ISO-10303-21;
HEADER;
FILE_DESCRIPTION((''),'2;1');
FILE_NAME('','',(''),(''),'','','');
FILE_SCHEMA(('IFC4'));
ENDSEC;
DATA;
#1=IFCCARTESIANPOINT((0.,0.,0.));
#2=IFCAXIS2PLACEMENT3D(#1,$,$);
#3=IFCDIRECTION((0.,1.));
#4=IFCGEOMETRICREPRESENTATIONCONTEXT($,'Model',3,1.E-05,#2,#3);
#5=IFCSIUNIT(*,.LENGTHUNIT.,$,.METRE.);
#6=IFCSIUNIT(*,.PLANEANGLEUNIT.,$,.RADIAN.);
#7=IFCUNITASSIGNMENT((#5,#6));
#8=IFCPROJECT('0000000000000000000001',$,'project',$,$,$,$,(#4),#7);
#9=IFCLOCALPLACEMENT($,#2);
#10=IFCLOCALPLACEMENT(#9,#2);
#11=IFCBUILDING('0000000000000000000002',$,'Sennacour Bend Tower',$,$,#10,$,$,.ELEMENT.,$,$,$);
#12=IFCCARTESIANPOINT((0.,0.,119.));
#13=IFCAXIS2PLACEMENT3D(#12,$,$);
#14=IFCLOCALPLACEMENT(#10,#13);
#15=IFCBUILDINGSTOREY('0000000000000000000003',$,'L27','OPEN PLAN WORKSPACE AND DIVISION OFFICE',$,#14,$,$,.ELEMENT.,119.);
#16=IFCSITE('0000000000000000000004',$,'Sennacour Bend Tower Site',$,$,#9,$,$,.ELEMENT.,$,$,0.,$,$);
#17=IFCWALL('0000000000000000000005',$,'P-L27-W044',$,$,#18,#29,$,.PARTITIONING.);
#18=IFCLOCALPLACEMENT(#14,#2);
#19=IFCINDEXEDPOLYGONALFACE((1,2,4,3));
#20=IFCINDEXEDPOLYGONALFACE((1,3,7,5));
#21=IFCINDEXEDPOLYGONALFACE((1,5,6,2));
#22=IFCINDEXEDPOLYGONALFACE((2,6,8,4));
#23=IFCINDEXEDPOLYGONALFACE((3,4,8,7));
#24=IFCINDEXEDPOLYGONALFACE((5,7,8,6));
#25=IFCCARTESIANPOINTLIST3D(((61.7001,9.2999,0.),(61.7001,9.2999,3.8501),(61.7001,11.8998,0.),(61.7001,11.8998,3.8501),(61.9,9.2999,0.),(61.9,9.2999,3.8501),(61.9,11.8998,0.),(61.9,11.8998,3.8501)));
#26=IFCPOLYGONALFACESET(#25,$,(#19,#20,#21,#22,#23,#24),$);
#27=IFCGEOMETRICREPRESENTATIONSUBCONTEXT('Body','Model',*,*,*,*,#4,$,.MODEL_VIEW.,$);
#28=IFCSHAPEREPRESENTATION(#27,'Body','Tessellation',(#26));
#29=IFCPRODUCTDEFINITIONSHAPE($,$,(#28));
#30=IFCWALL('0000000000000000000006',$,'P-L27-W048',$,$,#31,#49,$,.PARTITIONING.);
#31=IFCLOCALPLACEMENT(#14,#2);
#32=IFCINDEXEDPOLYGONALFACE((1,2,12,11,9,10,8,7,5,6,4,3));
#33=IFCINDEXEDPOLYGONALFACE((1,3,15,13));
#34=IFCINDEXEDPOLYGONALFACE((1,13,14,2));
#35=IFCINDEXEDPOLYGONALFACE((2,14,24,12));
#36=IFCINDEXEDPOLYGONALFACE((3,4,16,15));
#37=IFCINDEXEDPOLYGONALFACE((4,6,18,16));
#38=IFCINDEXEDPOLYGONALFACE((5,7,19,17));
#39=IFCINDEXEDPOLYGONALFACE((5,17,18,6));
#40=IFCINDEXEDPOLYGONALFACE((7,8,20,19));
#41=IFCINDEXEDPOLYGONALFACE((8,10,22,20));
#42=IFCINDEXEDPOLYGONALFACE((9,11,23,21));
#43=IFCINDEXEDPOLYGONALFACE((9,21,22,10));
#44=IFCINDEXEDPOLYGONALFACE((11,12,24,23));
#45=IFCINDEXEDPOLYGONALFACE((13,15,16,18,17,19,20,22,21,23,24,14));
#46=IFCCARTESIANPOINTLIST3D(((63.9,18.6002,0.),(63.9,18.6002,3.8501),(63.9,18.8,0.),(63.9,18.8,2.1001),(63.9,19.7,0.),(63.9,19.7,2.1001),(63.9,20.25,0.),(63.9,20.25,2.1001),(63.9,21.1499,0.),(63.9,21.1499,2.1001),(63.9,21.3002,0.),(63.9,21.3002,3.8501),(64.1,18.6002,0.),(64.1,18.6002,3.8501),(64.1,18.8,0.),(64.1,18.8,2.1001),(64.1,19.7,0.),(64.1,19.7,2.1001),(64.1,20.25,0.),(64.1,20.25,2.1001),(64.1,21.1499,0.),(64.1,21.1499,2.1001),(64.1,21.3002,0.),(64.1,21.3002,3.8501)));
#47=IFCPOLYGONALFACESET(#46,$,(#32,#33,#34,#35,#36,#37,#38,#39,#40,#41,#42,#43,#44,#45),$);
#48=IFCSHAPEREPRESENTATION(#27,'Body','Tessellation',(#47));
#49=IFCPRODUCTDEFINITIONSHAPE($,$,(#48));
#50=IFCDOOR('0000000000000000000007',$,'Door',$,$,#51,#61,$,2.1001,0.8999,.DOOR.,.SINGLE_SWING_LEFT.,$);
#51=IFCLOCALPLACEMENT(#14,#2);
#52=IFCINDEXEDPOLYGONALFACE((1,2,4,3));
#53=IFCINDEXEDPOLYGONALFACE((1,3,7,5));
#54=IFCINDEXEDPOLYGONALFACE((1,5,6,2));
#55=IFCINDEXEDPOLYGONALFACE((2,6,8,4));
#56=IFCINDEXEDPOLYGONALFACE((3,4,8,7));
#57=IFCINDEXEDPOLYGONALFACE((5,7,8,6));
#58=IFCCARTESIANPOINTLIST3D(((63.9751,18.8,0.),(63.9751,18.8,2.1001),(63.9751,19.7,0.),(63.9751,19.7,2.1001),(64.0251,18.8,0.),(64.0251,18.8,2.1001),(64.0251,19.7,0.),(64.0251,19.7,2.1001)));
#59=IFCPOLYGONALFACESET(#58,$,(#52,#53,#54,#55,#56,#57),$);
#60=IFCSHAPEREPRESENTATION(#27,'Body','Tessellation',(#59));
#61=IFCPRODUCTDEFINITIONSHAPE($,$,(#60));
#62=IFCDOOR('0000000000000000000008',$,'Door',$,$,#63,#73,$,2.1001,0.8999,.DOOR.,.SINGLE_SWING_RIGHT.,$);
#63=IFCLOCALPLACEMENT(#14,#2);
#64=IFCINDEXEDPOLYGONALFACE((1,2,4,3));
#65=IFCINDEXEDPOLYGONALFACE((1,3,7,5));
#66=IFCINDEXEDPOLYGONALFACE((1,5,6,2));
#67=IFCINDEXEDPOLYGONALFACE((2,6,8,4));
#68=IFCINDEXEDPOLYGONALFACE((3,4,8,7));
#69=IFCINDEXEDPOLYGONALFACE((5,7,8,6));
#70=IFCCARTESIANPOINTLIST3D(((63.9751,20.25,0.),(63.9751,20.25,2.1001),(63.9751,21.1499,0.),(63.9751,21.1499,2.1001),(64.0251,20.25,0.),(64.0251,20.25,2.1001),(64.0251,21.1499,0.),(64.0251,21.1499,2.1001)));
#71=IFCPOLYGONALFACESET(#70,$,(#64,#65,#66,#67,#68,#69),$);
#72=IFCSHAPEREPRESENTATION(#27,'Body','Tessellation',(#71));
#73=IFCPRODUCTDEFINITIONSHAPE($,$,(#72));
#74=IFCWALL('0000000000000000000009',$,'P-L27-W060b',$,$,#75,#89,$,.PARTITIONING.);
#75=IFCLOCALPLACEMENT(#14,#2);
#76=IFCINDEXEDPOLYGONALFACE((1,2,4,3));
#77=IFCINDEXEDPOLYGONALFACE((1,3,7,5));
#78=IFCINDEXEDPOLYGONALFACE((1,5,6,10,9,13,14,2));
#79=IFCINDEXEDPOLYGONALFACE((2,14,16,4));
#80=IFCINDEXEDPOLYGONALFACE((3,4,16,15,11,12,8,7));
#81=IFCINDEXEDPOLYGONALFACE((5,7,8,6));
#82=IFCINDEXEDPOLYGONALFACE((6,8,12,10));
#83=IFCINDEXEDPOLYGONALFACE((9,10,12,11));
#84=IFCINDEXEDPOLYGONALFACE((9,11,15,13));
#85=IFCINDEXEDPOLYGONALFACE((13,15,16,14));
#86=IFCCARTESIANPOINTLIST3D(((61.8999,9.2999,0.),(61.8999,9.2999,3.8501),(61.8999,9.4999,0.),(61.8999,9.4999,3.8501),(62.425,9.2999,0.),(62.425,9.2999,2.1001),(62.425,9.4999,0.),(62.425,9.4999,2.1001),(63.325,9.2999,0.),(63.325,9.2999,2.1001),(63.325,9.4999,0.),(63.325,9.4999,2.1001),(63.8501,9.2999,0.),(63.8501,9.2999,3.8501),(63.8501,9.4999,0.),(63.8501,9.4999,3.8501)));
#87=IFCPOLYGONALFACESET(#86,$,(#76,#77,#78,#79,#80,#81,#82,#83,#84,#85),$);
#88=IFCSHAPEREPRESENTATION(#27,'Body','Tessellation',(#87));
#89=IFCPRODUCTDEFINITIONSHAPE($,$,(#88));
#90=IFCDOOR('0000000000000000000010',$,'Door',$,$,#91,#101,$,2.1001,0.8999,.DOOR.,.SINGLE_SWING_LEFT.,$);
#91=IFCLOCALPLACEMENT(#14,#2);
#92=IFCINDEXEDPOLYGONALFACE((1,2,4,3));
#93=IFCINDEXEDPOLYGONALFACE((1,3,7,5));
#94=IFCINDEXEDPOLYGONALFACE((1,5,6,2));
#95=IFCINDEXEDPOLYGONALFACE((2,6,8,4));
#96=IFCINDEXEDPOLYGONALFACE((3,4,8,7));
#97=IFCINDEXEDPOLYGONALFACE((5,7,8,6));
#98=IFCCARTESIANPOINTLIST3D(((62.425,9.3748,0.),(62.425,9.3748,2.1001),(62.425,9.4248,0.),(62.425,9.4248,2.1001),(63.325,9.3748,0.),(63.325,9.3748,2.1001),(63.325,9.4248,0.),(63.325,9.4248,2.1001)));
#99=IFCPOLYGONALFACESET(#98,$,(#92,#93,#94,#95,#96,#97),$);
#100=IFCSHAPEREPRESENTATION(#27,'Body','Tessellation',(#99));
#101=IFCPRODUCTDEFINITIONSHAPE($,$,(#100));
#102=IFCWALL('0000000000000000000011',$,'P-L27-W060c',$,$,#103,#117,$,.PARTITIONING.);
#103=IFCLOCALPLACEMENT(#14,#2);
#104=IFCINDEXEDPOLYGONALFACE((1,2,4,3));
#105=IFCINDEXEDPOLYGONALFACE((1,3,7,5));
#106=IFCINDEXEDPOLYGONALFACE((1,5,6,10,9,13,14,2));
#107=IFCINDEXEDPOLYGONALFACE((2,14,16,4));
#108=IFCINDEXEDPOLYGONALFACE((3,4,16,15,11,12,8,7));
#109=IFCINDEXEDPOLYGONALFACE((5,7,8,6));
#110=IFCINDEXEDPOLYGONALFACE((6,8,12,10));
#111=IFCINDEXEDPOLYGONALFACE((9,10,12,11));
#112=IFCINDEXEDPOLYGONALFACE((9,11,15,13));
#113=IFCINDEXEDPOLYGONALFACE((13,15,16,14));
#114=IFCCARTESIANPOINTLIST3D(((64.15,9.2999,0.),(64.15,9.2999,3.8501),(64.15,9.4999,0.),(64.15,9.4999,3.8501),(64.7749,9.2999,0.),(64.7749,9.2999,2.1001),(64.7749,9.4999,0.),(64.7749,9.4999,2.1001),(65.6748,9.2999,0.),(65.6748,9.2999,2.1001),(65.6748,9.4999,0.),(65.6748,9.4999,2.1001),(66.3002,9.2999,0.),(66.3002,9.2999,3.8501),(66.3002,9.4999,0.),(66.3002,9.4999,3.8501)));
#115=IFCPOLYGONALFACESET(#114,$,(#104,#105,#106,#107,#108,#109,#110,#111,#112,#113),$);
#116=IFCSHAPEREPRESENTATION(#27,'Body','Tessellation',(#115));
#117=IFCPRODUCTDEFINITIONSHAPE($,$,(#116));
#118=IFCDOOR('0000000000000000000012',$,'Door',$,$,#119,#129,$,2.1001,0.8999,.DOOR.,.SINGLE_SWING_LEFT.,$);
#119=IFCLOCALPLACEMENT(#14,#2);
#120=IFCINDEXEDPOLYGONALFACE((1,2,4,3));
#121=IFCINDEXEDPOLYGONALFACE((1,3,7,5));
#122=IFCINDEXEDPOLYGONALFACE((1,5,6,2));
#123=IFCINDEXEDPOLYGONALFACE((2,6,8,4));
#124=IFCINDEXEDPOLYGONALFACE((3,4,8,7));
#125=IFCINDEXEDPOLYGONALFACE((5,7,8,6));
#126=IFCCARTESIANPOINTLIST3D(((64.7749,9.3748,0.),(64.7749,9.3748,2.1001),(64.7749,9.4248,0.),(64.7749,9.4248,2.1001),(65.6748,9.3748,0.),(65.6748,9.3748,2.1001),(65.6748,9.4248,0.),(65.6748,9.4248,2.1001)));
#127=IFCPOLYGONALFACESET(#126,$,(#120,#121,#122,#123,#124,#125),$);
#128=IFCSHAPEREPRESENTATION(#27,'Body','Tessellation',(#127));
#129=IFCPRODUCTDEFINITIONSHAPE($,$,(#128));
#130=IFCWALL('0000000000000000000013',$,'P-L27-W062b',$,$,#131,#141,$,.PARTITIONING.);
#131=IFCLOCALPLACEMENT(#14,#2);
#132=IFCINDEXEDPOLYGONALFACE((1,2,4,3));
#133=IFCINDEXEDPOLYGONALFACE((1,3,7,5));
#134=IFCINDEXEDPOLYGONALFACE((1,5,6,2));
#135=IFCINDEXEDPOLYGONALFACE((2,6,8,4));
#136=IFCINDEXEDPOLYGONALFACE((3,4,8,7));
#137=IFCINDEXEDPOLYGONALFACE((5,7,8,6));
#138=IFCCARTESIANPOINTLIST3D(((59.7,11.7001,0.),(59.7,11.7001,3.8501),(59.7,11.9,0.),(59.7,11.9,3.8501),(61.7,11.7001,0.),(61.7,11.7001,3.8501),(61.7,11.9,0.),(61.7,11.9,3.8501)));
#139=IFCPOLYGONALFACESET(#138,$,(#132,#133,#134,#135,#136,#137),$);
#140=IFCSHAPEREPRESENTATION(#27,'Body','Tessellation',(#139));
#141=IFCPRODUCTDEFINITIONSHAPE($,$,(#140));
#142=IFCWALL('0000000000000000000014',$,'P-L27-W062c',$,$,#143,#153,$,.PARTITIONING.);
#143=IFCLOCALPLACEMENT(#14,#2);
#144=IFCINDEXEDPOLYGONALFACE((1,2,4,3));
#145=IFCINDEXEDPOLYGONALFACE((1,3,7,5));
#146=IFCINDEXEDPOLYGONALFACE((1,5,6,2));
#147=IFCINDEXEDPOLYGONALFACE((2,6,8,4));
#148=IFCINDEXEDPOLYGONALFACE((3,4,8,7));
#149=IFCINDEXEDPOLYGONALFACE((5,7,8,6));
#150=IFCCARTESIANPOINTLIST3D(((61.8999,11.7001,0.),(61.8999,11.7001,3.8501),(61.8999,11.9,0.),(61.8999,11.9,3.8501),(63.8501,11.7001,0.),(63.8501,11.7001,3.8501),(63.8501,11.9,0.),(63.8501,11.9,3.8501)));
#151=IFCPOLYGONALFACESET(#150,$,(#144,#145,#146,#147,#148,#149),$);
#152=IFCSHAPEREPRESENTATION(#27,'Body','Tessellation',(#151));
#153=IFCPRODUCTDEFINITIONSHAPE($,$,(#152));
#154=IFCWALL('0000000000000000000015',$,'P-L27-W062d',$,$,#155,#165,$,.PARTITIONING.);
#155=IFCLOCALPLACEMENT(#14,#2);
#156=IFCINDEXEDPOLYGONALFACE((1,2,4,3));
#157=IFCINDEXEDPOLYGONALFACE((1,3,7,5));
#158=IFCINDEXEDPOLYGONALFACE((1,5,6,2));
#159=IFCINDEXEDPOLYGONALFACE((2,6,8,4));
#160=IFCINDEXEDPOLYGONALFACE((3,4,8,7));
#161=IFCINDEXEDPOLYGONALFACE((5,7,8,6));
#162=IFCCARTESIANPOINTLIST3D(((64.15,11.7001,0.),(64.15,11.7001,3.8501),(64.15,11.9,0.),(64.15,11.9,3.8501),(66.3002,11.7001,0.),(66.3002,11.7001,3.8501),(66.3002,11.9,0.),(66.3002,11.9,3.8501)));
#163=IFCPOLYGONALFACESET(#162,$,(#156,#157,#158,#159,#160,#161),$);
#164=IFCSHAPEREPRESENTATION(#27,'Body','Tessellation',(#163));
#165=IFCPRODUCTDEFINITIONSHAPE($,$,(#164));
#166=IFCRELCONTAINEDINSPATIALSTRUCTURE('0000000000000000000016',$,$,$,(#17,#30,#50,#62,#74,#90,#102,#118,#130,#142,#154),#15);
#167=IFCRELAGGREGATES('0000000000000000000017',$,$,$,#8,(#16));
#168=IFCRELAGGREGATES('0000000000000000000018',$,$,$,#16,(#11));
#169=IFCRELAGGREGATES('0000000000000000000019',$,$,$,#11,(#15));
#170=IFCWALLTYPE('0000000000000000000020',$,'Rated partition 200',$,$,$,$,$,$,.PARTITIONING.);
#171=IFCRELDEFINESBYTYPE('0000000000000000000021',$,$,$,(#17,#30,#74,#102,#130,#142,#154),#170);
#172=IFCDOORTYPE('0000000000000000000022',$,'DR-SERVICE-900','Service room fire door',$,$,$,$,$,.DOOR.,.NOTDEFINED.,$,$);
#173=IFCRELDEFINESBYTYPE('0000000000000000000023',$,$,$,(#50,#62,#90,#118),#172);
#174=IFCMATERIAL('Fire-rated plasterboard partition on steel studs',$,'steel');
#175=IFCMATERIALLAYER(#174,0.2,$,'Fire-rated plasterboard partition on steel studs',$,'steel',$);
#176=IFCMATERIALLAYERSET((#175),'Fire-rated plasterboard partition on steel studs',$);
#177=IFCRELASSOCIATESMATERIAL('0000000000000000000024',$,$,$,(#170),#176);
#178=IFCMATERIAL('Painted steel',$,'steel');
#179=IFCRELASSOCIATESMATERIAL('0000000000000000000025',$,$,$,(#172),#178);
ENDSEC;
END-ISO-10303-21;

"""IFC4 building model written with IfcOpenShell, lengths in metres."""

from ifc_helpers import new_model, si_unit, direction, frame, frame_2d, origin, place, context, subcontext, project, spatial, rectangle, extrude, material, layer, layer_set, type_object, element, fill, save


model = new_model("IFC4")

# Units and contexts
model_context = context("Model", 3, precision=1e-05, world=origin(), true_north=direction((0.0, 1.0)))
body_context = subcontext(model_context, "Body", "Model", "MODEL_VIEW")
ifc_project = project(units=[si_unit("LENGTHUNIT", "METRE"), si_unit("PLANEANGLEUNIT", "RADIAN")], contexts=[model_context])

# Site, building, storey
site_placement = place(None, origin())
site = spatial("IfcSite", under=ifc_project, at=site_placement, Name="Sennacour Bend Tower Site", CompositionType="ELEMENT", RefElevation=0.0)
building_placement = place(site_placement, origin())
building = spatial("IfcBuilding", under=site, at=building_placement, Name="Sennacour Bend Tower", CompositionType="ELEMENT")
storey_placement = place(building_placement, frame((0.0, 0.0, 119.0)))
storey = spatial("IfcBuildingStorey", under=building, at=storey_placement, Name="L27", Description="OPEN PLAN WORKSPACE AND DIVISION OFFICE", CompositionType="ELEMENT", Elevation=119.0)

# Wall
ifc_material_1 = material(Name="Fire-rated plasterboard partition on steel studs", Category="steel")
ifc_layer_1 = layer(ifc_material_1, 0.2, Name="Fire-rated plasterboard partition on steel studs", Category="steel")
ifc_layer_set_1 = layer_set([ifc_layer_1], Name="Fire-rated plasterboard partition on steel studs")
wall_type_1 = type_object("IfcWallType", Name="Rated partition 200", PredefinedType="PARTITIONING", material=ifc_layer_set_1)
wall_1_placement = place(storey_placement, frame((61.8, 9.3, 0.0), z_axis=(0.0, 0.0, 1.0), x_axis=(0.0, 1.0, 0.0)))
element("IfcWall", 1, at=wall_1_placement, inside=storey, type_object=wall_type_1, Name="P-L27-W044", PredefinedType="PARTITIONING", context=body_context, shape_type="SweptSolid", body=[
    extrude(rectangle(XDim=2.5999, YDim=0.2, at=frame_2d((1.2998, 0.0))), origin(), (0.0, 0.0, 1.0), 3.8501),
])

# Wall, openings, doors
wall_2_placement = place(storey_placement, frame((64.0, 18.6001, 0.0), z_axis=(0.0, 0.0, 1.0), x_axis=(0.0, 1.0, 0.0)))
wall_2 = element("IfcWall", 2, at=wall_2_placement, inside=storey, type_object=wall_type_1, Name="P-L27-W048", PredefinedType="PARTITIONING", context=body_context, shape_type="SweptSolid", body=[
    extrude(rectangle(XDim=2.7, YDim=0.2, at=frame_2d((1.3501, 0.0))), origin(), (0.0, 0.0, 1.0), 3.8501),
])
opening_1_placement = place(wall_2_placement, frame((0.2, 0.0, 0.0)))
opening_1 = element("IfcOpeningElement", 3, at=opening_1_placement, cuts=wall_2, PredefinedType="OPENING", context=body_context, shape_type="SweptSolid", body=[
    extrude(rectangle(XDim=0.8999, YDim=2.1001, at=frame_2d((0.45, 1.05))), frame((0.0, 0.1099, 0.0), z_axis=(0.0, -1.0, 0.0), x_axis=(1.0, 0.0, 0.0)), (0.0, 0.0, 1.0), 0.22),
])
opening_2_placement = place(wall_2_placement, frame((1.6499, 0.0, 0.0)))
opening_2 = element("IfcOpeningElement", 4, at=opening_2_placement, cuts=wall_2, PredefinedType="OPENING", context=body_context, shape_type="SweptSolid", body=[
    extrude(rectangle(XDim=0.8999, YDim=2.1001, at=frame_2d((0.45, 1.05))), frame((0.0, 0.1099, 0.0), z_axis=(0.0, -1.0, 0.0), x_axis=(1.0, 0.0, 0.0)), (0.0, 0.0, 1.0), 0.22),
])
ifc_material_2 = material(Name="Painted steel", Category="steel")
door_type_1 = type_object("IfcDoorType", Name="DR-SERVICE-900", Description="Service room fire door", OperationType="NOTDEFINED", PredefinedType="DOOR", material=ifc_material_2)
door_1_placement = place(opening_1_placement, origin())
door_1 = element("IfcDoor", 5, at=door_1_placement, inside=storey, type_object=door_type_1, Name="Door", OperationType="SINGLE_SWING_LEFT", OverallHeight=2.1001, OverallWidth=0.8999, PredefinedType="DOOR", context=body_context, shape_type="SweptSolid", body=[
    extrude(rectangle(XDim=0.8999, YDim=2.1001, at=frame_2d((0.45, 1.05))), frame((0.0, 0.0249, 0.0), z_axis=(0.0, -1.0, 0.0), x_axis=(1.0, 0.0, 0.0)), (0.0, 0.0, 1.0), 0.05),
])
fill(opening_1, door_1)
door_2_placement = place(opening_2_placement, origin())
door_2 = element("IfcDoor", 6, at=door_2_placement, inside=storey, type_object=door_type_1, Name="Door", OperationType="SINGLE_SWING_RIGHT", OverallHeight=2.1001, OverallWidth=0.8999, PredefinedType="DOOR", context=body_context, shape_type="SweptSolid", body=[
    extrude(rectangle(XDim=0.8999, YDim=2.1001, at=frame_2d((0.45, 1.05))), frame((0.0, 0.0249, 0.0), z_axis=(0.0, -1.0, 0.0), x_axis=(1.0, 0.0, 0.0)), (0.0, 0.0, 1.0), 0.05),
])
fill(opening_2, door_2)

# Walls, openings, doors
wall_3_placement = place(storey_placement, frame((61.8999, 9.3999, 0.0), z_axis=(0.0, 0.0, 1.0), x_axis=(1.0, 0.0, 0.0)))
wall_3 = element("IfcWall", 7, at=wall_3_placement, inside=storey, type_object=wall_type_1, Name="P-L27-W060b", PredefinedType="PARTITIONING", context=body_context, shape_type="SweptSolid", body=[
    extrude(rectangle(XDim=1.9502, YDim=0.2, at=frame_2d((0.9751, 0.0))), origin(), (0.0, 0.0, 1.0), 3.8501),
])
opening_3_placement = place(wall_3_placement, frame((0.5251, 0.0, 0.0)))
opening_3 = element("IfcOpeningElement", 8, at=opening_3_placement, cuts=wall_3, PredefinedType="OPENING", context=body_context, shape_type="SweptSolid", body=[
    extrude(rectangle(XDim=0.8999, YDim=2.1001, at=frame_2d((0.45, 1.05))), frame((0.0, 0.1099, 0.0), z_axis=(0.0, -1.0, 0.0), x_axis=(1.0, 0.0, 0.0)), (0.0, 0.0, 1.0), 0.22),
])
door_3_placement = place(opening_3_placement, origin())
door_3 = element("IfcDoor", 9, at=door_3_placement, inside=storey, type_object=door_type_1, Name="Door", OperationType="SINGLE_SWING_LEFT", OverallHeight=2.1001, OverallWidth=0.8999, PredefinedType="DOOR", context=body_context, shape_type="SweptSolid", body=[
    extrude(rectangle(XDim=0.8999, YDim=2.1001, at=frame_2d((0.45, 1.05))), frame((0.0, 0.0249, 0.0), z_axis=(0.0, -1.0, 0.0), x_axis=(1.0, 0.0, 0.0)), (0.0, 0.0, 1.0), 0.05),
])
fill(opening_3, door_3)
wall_4_placement = place(storey_placement, frame((64.1499, 9.3999, 0.0), z_axis=(0.0, 0.0, 1.0), x_axis=(1.0, 0.0, 0.0)))
wall_4 = element("IfcWall", 10, at=wall_4_placement, inside=storey, type_object=wall_type_1, Name="P-L27-W060c", PredefinedType="PARTITIONING", context=body_context, shape_type="SweptSolid", body=[
    extrude(rectangle(XDim=2.1501, YDim=0.2, at=frame_2d((1.0752, 0.0))), origin(), (0.0, 0.0, 1.0), 3.8501),
])
opening_4_placement = place(wall_4_placement, frame((0.625, 0.0, 0.0)))
opening_4 = element("IfcOpeningElement", 11, at=opening_4_placement, cuts=wall_4, PredefinedType="OPENING", context=body_context, shape_type="SweptSolid", body=[
    extrude(rectangle(XDim=0.8999, YDim=2.1001, at=frame_2d((0.45, 1.05))), frame((0.0, 0.1099, 0.0), z_axis=(0.0, -1.0, 0.0), x_axis=(1.0, 0.0, 0.0)), (0.0, 0.0, 1.0), 0.22),
])
door_4_placement = place(opening_4_placement, origin())
door_4 = element("IfcDoor", 12, at=door_4_placement, inside=storey, type_object=door_type_1, Name="Door", OperationType="SINGLE_SWING_LEFT", OverallHeight=2.1001, OverallWidth=0.8999, PredefinedType="DOOR", context=body_context, shape_type="SweptSolid", body=[
    extrude(rectangle(XDim=0.8999, YDim=2.1001, at=frame_2d((0.45, 1.05))), frame((0.0, 0.0249, 0.0), z_axis=(0.0, -1.0, 0.0), x_axis=(1.0, 0.0, 0.0)), (0.0, 0.0, 1.0), 0.05),
])
fill(opening_4, door_4)

# Walls
wall_5_placement = place(storey_placement, frame((59.7, 11.8, 0.0), z_axis=(0.0, 0.0, 1.0), x_axis=(1.0, 0.0, 0.0)))
element("IfcWall", 13, at=wall_5_placement, inside=storey, type_object=wall_type_1, Name="P-L27-W062b", PredefinedType="PARTITIONING", context=body_context, shape_type="SweptSolid", body=[
    extrude(rectangle(XDim=2.0, YDim=0.2, at=frame_2d((1.0, 0.0))), origin(), (0.0, 0.0, 1.0), 3.8501),
])
wall_6_placement = place(storey_placement, frame((61.8999, 11.8, 0.0), z_axis=(0.0, 0.0, 1.0), x_axis=(1.0, 0.0, 0.0)))
element("IfcWall", 14, at=wall_6_placement, inside=storey, type_object=wall_type_1, Name="P-L27-W062c", PredefinedType="PARTITIONING", context=body_context, shape_type="SweptSolid", body=[
    extrude(rectangle(XDim=1.9502, YDim=0.2, at=frame_2d((0.9751, 0.0))), origin(), (0.0, 0.0, 1.0), 3.8501),
])
wall_7_placement = place(storey_placement, frame((64.1499, 11.8, 0.0), z_axis=(0.0, 0.0, 1.0), x_axis=(1.0, 0.0, 0.0)))
element("IfcWall", 15, at=wall_7_placement, inside=storey, type_object=wall_type_1, Name="P-L27-W062d", PredefinedType="PARTITIONING", context=body_context, shape_type="SweptSolid", body=[
    extrude(rectangle(XDim=2.1501, YDim=0.2, at=frame_2d((1.0752, 0.0))), origin(), (0.0, 0.0, 1.0), 3.8501),
])

save(model, "model.ifc")
